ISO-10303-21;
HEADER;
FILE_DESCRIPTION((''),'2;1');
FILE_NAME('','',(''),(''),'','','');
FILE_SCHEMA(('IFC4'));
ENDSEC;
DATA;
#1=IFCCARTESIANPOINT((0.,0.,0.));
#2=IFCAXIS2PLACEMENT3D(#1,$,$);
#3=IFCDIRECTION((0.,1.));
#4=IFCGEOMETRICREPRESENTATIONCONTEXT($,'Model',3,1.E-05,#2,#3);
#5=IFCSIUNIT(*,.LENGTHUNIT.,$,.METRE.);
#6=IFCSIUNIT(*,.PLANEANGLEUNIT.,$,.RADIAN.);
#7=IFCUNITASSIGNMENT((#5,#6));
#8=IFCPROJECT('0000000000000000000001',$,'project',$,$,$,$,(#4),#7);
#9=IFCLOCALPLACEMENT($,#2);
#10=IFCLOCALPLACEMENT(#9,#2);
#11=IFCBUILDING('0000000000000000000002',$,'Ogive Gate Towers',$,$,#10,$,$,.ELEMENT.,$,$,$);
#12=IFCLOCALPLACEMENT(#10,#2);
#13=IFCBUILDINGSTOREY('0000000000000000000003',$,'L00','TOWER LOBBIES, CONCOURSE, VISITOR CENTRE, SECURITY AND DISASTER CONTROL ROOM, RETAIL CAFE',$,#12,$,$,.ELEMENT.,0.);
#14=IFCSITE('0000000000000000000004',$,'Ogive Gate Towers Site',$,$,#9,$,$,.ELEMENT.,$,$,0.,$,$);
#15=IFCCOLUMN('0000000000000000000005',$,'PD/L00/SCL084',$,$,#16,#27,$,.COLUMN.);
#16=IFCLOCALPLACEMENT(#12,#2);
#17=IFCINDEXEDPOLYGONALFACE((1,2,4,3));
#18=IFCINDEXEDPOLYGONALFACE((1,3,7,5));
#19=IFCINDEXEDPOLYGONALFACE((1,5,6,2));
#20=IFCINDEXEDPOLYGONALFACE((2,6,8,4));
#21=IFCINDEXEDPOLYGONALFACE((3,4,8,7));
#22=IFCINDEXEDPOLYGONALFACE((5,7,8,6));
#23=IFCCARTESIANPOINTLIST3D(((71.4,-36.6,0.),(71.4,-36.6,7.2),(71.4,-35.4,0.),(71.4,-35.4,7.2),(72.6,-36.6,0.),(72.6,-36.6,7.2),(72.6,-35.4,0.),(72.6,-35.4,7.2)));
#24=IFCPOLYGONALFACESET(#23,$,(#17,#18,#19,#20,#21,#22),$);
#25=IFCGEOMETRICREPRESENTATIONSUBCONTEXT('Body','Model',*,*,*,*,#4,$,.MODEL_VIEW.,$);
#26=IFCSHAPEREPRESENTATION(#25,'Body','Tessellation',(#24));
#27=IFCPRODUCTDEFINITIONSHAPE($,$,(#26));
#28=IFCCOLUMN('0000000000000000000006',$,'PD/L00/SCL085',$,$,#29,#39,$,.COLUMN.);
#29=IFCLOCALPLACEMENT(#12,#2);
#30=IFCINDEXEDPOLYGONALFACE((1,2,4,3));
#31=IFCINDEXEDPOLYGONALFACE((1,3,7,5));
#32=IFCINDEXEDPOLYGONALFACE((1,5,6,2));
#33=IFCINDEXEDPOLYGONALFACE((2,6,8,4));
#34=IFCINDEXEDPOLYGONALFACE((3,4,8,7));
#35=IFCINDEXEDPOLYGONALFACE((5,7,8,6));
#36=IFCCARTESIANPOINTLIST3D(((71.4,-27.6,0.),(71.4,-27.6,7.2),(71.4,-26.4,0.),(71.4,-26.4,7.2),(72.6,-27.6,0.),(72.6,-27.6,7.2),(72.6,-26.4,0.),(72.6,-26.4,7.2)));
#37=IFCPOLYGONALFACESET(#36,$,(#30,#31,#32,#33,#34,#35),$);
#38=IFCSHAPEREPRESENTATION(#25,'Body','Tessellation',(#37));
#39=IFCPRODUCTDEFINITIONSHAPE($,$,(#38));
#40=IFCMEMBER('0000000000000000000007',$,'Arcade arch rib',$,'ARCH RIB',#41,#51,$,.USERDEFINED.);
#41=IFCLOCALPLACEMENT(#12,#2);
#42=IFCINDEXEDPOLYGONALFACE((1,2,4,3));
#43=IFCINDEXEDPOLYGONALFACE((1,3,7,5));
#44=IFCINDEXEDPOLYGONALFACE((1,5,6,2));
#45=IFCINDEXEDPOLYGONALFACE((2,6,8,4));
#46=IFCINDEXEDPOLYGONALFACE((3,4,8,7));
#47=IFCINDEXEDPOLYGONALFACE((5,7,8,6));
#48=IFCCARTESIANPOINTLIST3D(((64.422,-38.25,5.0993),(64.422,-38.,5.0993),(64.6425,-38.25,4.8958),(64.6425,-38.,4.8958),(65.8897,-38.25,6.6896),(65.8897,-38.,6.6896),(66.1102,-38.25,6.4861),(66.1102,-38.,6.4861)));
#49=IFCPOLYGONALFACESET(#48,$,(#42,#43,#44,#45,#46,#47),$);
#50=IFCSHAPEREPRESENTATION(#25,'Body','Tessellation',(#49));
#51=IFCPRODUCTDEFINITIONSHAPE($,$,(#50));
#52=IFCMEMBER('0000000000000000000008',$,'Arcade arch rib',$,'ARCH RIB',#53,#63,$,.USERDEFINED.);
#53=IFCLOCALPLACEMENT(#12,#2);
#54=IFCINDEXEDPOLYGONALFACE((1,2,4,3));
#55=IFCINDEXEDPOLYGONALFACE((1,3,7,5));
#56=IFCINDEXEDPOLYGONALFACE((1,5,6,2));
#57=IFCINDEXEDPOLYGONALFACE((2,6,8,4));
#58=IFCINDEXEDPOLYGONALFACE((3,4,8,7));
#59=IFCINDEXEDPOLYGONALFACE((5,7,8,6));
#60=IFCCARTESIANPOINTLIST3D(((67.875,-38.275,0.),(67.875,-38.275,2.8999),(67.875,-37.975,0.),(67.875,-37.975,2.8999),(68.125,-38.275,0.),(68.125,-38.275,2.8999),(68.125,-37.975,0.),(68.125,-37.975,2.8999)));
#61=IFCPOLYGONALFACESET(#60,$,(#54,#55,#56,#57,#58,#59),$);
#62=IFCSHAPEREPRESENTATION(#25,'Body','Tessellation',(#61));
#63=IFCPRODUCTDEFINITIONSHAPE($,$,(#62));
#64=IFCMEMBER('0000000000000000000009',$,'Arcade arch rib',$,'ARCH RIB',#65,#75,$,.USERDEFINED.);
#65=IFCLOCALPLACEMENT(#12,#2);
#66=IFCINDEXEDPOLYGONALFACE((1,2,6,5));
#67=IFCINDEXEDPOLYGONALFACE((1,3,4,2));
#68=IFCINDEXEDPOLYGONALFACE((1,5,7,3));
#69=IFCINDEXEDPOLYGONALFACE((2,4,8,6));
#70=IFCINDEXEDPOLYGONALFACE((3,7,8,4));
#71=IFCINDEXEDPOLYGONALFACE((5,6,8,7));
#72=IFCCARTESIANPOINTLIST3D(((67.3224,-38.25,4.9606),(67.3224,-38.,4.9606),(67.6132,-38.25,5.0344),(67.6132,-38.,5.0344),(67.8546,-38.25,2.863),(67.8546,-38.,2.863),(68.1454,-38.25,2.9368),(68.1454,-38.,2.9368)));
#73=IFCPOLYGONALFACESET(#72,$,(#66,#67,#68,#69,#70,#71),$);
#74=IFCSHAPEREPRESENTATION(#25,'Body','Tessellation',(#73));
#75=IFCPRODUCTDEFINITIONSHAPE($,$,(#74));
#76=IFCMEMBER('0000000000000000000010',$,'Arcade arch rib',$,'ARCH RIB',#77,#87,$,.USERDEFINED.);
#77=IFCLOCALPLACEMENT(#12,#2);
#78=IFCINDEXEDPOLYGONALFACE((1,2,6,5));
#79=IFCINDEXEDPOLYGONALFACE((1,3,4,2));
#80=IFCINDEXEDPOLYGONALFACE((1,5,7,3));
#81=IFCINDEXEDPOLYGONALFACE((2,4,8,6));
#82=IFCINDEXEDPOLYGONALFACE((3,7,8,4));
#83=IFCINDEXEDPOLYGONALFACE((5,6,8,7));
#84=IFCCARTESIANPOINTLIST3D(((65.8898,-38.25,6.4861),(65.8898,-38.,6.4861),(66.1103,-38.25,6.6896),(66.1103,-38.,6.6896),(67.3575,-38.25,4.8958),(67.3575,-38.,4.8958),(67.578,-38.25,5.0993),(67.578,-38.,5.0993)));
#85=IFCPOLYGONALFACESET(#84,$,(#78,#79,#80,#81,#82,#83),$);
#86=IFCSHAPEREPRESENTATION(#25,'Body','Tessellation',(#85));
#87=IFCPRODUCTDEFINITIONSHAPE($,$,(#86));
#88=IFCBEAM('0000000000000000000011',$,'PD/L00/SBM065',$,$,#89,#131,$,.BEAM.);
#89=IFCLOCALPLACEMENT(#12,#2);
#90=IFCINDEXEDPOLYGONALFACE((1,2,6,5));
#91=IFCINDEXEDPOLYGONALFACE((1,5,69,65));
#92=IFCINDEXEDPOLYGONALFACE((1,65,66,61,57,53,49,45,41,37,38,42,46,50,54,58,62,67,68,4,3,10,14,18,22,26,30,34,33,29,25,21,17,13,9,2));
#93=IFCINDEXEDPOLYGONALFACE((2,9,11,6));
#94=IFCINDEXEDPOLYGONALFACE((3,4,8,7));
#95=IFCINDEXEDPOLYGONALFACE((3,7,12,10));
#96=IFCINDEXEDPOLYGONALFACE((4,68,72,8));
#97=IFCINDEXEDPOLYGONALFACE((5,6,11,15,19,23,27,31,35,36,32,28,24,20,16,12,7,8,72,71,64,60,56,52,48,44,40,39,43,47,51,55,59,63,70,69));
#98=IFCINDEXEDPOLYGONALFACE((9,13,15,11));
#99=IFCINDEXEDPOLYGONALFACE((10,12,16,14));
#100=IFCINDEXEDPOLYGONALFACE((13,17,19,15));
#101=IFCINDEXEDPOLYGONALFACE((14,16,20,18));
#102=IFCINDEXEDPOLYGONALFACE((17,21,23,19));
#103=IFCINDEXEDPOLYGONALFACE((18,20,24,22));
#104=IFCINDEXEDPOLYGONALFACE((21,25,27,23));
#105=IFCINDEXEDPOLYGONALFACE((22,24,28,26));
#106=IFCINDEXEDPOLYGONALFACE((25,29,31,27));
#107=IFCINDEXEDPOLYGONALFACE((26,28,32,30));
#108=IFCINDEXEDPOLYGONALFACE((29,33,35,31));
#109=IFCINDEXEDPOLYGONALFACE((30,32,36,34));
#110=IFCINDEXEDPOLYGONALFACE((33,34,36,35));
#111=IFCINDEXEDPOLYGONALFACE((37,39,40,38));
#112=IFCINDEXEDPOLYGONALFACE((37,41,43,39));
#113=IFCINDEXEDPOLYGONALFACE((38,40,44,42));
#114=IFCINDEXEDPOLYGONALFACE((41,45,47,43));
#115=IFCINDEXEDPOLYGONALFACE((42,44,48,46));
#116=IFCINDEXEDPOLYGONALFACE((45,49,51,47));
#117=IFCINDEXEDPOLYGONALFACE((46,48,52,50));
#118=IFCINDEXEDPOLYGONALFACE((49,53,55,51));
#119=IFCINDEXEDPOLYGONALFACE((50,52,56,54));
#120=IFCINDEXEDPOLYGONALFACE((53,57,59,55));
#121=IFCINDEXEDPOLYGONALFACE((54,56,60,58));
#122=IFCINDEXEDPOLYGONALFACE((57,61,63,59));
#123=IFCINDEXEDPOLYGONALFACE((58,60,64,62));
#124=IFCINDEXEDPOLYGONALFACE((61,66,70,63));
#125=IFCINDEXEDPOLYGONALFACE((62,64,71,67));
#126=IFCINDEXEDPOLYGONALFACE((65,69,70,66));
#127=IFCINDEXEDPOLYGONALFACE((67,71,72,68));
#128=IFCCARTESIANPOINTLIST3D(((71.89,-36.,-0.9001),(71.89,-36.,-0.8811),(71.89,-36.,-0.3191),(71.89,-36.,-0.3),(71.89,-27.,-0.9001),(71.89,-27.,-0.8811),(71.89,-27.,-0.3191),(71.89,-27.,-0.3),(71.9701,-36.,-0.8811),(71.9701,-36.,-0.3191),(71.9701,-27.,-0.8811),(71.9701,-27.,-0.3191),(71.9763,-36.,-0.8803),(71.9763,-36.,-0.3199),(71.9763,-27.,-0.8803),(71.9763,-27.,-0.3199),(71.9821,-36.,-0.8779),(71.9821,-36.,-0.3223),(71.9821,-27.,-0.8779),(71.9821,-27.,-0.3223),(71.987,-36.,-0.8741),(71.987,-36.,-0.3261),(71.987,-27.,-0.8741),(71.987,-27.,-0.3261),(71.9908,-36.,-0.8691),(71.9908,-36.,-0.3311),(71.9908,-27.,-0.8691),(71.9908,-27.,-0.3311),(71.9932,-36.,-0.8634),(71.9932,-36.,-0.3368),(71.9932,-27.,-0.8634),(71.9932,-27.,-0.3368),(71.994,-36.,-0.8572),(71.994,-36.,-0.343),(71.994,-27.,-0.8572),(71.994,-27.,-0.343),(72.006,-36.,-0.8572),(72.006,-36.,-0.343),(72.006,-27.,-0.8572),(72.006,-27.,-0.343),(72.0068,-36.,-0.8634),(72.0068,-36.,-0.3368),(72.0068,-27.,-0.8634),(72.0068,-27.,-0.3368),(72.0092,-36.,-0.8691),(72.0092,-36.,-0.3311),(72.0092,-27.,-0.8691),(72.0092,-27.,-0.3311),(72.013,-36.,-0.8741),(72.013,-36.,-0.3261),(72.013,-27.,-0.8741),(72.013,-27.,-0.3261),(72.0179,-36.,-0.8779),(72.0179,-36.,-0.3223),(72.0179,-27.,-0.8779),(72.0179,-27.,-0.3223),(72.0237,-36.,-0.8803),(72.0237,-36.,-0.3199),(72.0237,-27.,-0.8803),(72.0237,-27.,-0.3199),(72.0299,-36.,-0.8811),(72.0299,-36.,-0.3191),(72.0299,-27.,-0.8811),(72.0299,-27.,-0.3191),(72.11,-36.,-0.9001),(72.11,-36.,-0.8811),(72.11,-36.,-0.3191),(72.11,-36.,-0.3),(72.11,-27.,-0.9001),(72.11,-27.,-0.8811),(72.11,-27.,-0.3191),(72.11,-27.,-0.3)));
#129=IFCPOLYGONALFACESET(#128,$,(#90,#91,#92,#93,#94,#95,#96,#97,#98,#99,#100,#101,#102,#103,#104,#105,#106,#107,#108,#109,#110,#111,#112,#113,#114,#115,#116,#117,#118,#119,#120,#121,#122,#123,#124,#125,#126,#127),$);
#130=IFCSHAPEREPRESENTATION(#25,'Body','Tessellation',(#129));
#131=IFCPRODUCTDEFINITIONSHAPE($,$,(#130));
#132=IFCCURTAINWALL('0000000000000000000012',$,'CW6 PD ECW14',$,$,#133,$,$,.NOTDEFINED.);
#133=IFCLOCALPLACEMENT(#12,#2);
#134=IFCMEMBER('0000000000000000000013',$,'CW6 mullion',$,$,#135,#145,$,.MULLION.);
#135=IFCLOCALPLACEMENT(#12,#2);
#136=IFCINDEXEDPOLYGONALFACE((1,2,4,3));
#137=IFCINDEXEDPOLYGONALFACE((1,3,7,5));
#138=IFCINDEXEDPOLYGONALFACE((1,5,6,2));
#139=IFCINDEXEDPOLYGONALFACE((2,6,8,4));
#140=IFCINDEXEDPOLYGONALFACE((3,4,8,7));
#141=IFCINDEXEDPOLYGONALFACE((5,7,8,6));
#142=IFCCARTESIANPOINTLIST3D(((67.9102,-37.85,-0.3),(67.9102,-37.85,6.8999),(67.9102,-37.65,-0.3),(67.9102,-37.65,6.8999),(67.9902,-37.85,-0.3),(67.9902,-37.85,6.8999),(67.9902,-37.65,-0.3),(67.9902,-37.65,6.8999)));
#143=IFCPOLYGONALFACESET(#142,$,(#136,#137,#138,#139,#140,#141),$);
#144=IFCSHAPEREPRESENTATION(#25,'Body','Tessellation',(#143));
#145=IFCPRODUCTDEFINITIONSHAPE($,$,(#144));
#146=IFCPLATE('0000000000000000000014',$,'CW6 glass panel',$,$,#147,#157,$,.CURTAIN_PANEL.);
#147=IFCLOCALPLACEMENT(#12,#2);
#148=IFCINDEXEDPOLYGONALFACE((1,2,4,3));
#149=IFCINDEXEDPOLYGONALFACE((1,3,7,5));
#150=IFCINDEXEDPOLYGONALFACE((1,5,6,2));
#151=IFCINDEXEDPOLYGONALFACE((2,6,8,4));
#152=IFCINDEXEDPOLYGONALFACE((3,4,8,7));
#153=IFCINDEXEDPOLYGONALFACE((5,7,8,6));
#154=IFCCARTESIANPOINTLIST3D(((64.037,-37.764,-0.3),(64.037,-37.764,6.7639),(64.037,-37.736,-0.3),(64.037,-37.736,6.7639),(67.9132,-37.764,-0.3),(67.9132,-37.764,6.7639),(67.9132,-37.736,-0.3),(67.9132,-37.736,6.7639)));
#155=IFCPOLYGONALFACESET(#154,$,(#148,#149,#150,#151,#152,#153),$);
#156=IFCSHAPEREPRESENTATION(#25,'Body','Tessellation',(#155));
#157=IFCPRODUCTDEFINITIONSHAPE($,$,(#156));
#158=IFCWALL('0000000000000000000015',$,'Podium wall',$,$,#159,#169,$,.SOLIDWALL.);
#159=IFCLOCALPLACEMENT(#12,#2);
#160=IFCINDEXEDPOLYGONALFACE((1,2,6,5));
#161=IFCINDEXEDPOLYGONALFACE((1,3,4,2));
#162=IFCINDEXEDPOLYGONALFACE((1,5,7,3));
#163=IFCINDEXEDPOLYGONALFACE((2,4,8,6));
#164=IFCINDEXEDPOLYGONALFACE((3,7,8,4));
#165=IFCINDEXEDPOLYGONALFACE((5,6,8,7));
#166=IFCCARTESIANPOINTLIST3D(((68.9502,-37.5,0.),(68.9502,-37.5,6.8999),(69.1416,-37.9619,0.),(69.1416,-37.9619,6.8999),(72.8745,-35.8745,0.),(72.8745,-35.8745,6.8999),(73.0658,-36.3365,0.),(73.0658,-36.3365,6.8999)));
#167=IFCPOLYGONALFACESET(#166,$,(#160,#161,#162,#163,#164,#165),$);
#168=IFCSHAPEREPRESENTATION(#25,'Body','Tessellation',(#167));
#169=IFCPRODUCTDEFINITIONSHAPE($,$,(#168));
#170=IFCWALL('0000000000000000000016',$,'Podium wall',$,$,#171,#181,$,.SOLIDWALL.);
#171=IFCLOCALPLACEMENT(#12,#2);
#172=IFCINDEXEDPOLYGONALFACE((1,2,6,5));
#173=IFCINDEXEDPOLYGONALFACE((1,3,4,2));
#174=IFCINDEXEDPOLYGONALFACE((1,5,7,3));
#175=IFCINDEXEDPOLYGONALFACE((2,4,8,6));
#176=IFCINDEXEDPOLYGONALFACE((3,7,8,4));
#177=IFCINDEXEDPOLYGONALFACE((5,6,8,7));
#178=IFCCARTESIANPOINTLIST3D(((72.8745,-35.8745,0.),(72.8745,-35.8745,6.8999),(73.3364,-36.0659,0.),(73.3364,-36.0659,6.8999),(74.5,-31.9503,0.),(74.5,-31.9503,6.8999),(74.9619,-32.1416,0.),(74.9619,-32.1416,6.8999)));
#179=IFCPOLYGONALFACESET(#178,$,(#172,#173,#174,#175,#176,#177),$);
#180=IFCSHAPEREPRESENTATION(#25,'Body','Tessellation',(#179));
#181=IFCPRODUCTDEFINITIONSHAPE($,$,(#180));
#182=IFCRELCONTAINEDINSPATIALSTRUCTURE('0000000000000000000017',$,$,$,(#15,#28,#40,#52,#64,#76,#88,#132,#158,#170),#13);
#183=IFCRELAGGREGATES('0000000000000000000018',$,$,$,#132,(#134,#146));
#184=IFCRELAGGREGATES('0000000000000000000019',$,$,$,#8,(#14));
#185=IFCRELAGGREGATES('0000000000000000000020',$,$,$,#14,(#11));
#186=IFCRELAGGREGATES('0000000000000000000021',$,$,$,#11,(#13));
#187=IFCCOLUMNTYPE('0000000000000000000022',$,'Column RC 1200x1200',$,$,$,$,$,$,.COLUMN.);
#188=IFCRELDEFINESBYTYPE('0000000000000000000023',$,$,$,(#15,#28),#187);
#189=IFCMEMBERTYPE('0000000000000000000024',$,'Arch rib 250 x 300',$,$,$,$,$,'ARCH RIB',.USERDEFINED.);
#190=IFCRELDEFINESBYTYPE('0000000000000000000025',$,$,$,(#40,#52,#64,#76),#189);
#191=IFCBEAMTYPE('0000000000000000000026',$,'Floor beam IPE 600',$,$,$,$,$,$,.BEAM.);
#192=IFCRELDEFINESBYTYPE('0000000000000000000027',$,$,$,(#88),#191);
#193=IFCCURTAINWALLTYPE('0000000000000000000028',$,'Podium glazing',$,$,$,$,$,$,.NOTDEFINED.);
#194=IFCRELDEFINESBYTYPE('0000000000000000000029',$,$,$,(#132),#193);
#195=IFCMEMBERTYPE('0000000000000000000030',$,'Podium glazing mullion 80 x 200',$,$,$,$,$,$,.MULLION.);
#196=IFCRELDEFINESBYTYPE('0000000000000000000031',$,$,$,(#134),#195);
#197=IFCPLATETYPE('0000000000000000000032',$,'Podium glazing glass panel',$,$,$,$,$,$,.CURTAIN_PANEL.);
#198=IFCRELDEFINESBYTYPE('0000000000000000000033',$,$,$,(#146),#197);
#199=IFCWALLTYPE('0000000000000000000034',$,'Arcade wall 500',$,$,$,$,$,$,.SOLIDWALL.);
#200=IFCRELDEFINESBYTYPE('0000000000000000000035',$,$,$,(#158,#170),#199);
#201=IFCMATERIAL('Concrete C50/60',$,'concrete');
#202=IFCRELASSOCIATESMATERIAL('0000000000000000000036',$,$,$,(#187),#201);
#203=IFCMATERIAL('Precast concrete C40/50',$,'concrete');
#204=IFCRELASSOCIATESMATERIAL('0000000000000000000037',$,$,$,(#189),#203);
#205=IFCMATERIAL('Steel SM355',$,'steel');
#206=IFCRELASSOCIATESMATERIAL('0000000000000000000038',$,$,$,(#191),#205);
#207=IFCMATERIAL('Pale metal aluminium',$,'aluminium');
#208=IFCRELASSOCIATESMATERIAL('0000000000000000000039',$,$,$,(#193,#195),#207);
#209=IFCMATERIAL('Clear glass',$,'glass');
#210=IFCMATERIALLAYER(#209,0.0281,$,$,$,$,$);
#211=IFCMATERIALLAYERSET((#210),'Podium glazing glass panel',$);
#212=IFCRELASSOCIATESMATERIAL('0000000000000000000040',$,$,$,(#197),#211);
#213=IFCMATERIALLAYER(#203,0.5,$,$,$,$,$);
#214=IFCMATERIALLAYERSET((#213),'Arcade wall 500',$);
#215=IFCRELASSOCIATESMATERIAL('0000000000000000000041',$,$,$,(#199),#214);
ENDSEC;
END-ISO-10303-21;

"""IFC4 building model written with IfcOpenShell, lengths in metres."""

from ifc_helpers import new_model, si_unit, direction, frame, frame_2d, origin, origin_2d, place, context, subcontext, project, spatial, rectangle, i_section, extrude, material, layer, layer_set, material_profile, profile_set, type_object, element, aggregate, save


model = new_model("IFC4")

# Units and contexts
model_context = context("Model", 3, precision=1e-05, world=origin(), true_north=direction((0.0, 1.0)))
body_context = subcontext(model_context, "Body", "Model", "MODEL_VIEW")
ifc_project = project(units=[si_unit("LENGTHUNIT", "METRE"), si_unit("PLANEANGLEUNIT", "RADIAN")], contexts=[model_context])

# Site, building, storey
site_placement = place(None, origin())
site = spatial("IfcSite", under=ifc_project, at=site_placement, Name="Ogive Gate Towers Site", CompositionType="ELEMENT", RefElevation=0.0)
building_placement = place(site_placement, origin())
building = spatial("IfcBuilding", under=site, at=building_placement, Name="Ogive Gate Towers", CompositionType="ELEMENT")
storey_placement = place(building_placement, origin())
storey = spatial("IfcBuildingStorey", under=building, at=storey_placement, Name="L00", Description="TOWER LOBBIES, CONCOURSE, VISITOR CENTRE, SECURITY AND DISASTER CONTROL ROOM, RETAIL CAFE", CompositionType="ELEMENT", Elevation=0.0)

# Columns
ifc_material_1 = material(Name="Concrete C50/60", Category="concrete")
ifc_material_profile_1 = material_profile(ifc_material_1, rectangle(XDim=1.2, YDim=1.2, at=origin_2d()), Name="RC 1200x1200")
ifc_profile_set_1 = profile_set([ifc_material_profile_1], Name="Concrete C50/60")
column_type = type_object("IfcColumnType", Name="Column RC 1200x1200", PredefinedType="COLUMN", material=ifc_profile_set_1)
for number, where, z_axis, x_axis, name in (
    (1, (72.0, -36.0, 0.0), (0.0, 0.0, 1.0), (1.0, 0.0, 0.0), "PD/L00/SCL084"),
    (2, (72.0, -27.0, 0.0), (0.0, 0.0, 1.0), (1.0, 0.0, 0.0), "PD/L00/SCL085"),
):
    element("IfcColumn", number, at=place(storey_placement, frame(where, z_axis=z_axis, x_axis=x_axis)), inside=storey, type_object=column_type, Name=name, PredefinedType="COLUMN", context=body_context, shape_type="SweptSolid", body=[
        extrude(rectangle(XDim=1.2, YDim=1.2, at=origin_2d()), origin(), (0.0, 0.0, 1.0), 7.2),
    ])

# Members
ifc_material_2 = material(Name="Precast concrete C40/50", Category="concrete")
ifc_material_profile_2 = material_profile(ifc_material_2, rectangle(XDim=0.25, YDim=0.3, at=origin_2d()), Name="250 x 300 cast stone")
ifc_profile_set_2 = profile_set([ifc_material_profile_2], Name="Precast concrete C40/50")
member_type_1 = type_object("IfcMemberType", Name="Arch rib 250 x 300", ElementType="ARCH RIB", PredefinedType="USERDEFINED", material=ifc_profile_set_2)
member_1_placement = place(storey_placement, frame((64.5322, -38.125, 4.9976), z_axis=(0.678224, 0.0, 0.734855), x_axis=(0.0, 1.0, 0.0)))
element("IfcMember", 3, at=member_1_placement, inside=storey, type_object=member_type_1, Name="Arcade arch rib", ObjectType="ARCH RIB", PredefinedType="USERDEFINED", context=body_context, shape_type="SweptSolid", body=[
    extrude(rectangle(XDim=0.25, YDim=0.3, at=origin_2d()), origin(), (0.0, 0.0, 1.0), 2.1641),
])
member_2_placement = place(storey_placement, frame((68.0, -38.125, 0.0), z_axis=(0.0, 0.0, 1.0), x_axis=(1.0, 0.0, 0.0)))
element("IfcMember", 4, at=member_2_placement, inside=storey, type_object=member_type_1, Name="Arcade arch rib", ObjectType="ARCH RIB", PredefinedType="USERDEFINED", context=body_context, shape_type="SweptSolid", body=[
    extrude(rectangle(XDim=0.25, YDim=0.3, at=origin_2d()), origin(), (0.0, 0.0, 1.0), 2.8999),
])
for number, where, z_axis, x_axis, name in (
    (5, (68.0, -38.125, 2.8999), (-0.245932, 0.0, 0.969287), (0.0, -1.0, 0.0), "Arcade arch rib"),
    (6, (67.4678, -38.125, 4.9976), (-0.678224, 0.0, 0.734855), (0.0, -1.0, 0.0), "Arcade arch rib"),
):
    element("IfcMember", number, at=place(storey_placement, frame(where, z_axis=z_axis, x_axis=x_axis)), inside=storey, type_object=member_type_1, Name=name, ObjectType="ARCH RIB", PredefinedType="USERDEFINED", context=body_context, shape_type="SweptSolid", body=[
        extrude(rectangle(XDim=0.25, YDim=0.3, at=origin_2d()), origin(), (0.0, 0.0, 1.0), 2.1641),
    ])

# Beam
ifc_material_3 = material(Name="Steel SM355", Category="steel")
ifc_material_profile_3 = material_profile(ifc_material_3, i_section(OverallWidth=0.22, OverallDepth=0.6001, WebThickness=0.012, FlangeThickness=0.019, FilletRadius=0.0239, at=origin_2d()), Name="IPE 600")
ifc_profile_set_3 = profile_set([ifc_material_profile_3], Name="Steel SM355")
beam_type = type_object("IfcBeamType", Name="Floor beam IPE 600", PredefinedType="BEAM", material=ifc_profile_set_3)
beam_placement = place(storey_placement, frame((72.0, -36.0, -0.6001), z_axis=(0.0, 1.0, 0.0), x_axis=(-1.0, 0.0, 0.0)))
element("IfcBeam", 7, at=beam_placement, inside=storey, type_object=beam_type, Name="PD/L00/SBM065", PredefinedType="BEAM", context=body_context, shape_type="SweptSolid", body=[
    extrude(i_section(OverallWidth=0.22, OverallDepth=0.6001, WebThickness=0.012, FlangeThickness=0.019, FilletRadius=0.0239, at=origin_2d()), origin(), (0.0, 0.0, 1.0), 9.0),
])

# Curtain wall, member, plate
ifc_material_4 = material(Name="Pale metal aluminium", Category="aluminium")
curtain_wall_type = type_object("IfcCurtainWallType", Name="Podium glazing", PredefinedType="NOTDEFINED", material=ifc_material_4)
curtain_wall_placement = place(storey_placement, origin())
curtain_wall = element("IfcCurtainWall", 8, at=curtain_wall_placement, inside=storey, type_object=curtain_wall_type, Name="CW6 PD ECW14", PredefinedType="NOTDEFINED")
ifc_material_profile_4 = material_profile(ifc_material_4, rectangle(XDim=0.2, YDim=0.0801, at=origin_2d()), Name="80 x 200 aluminium box")
ifc_profile_set_4 = profile_set([ifc_material_profile_4], Name="Pale metal aluminium")
member_type_2 = type_object("IfcMemberType", Name="Podium glazing mullion 80 x 200", PredefinedType="MULLION", material=ifc_profile_set_4)
member_3_placement = place(storey_placement, frame((67.9502, -37.75, -0.3), z_axis=(0.0, 0.0, 1.0), x_axis=(0.0, -1.0, 0.0)))
member_3 = element("IfcMember", 9, at=member_3_placement, type_object=member_type_2, Name="CW6 mullion", PredefinedType="MULLION", context=body_context, shape_type="SweptSolid", body=[
    extrude(rectangle(XDim=0.2, YDim=0.0801, at=origin_2d()), origin(), (0.0, 0.0, 1.0), 7.2),
])
ifc_material_5 = material(Name="Clear glass", Category="glass")
ifc_layer_1 = layer(ifc_material_5, 0.0281)
ifc_layer_set_1 = layer_set([ifc_layer_1], Name="Podium glazing glass panel")
plate_type = type_object("IfcPlateType", Name="Podium glazing glass panel", PredefinedType="CURTAIN_PANEL", material=ifc_layer_set_1)
plate_placement = place(storey_placement, frame((65.9751, -37.75, -0.3), z_axis=(0.0, 0.0, 1.0), x_axis=(1.0, 0.0, 0.0)))
plate = element("IfcPlate", 10, at=plate_placement, type_object=plate_type, Name="CW6 glass panel", PredefinedType="CURTAIN_PANEL", context=body_context, shape_type="SweptSolid", body=[
    extrude(rectangle(XDim=3.8762, YDim=0.0281, at=origin_2d()), origin(), (0.0, 0.0, 1.0), 7.064),
])
aggregate(curtain_wall, [member_3, plate])

# Walls
ifc_layer_2 = layer(ifc_material_2, 0.5)
ifc_layer_set_2 = layer_set([ifc_layer_2], Name="Arcade wall 500")
wall_type_1 = type_object("IfcWallType", Name="Arcade wall 500", PredefinedType="SOLIDWALL", material=ifc_layer_set_2)
for number, where, z_axis, x_axis, name in (
    (11, (69.0459, -37.731, 0.0), (0.0, 0.0, 1.0), (0.923881, 0.38268, 0.0), "Podium wall"),
    (12, (73.1055, -35.9702, 0.0), (0.0, 0.0, 1.0), (0.38268, 0.923881, 0.0), "Podium wall"),
):
    element("IfcWall", number, at=place(storey_placement, frame(where, z_axis=z_axis, x_axis=x_axis)), inside=storey, type_object=wall_type_1, Name=name, PredefinedType="SOLIDWALL", context=body_context, shape_type="SweptSolid", body=[
        extrude(rectangle(XDim=4.2476, YDim=0.5, at=frame_2d((2.1238, 0.0))), origin(), (0.0, 0.0, 1.0), 6.8999),
    ])

save(model, "model.ifc")
